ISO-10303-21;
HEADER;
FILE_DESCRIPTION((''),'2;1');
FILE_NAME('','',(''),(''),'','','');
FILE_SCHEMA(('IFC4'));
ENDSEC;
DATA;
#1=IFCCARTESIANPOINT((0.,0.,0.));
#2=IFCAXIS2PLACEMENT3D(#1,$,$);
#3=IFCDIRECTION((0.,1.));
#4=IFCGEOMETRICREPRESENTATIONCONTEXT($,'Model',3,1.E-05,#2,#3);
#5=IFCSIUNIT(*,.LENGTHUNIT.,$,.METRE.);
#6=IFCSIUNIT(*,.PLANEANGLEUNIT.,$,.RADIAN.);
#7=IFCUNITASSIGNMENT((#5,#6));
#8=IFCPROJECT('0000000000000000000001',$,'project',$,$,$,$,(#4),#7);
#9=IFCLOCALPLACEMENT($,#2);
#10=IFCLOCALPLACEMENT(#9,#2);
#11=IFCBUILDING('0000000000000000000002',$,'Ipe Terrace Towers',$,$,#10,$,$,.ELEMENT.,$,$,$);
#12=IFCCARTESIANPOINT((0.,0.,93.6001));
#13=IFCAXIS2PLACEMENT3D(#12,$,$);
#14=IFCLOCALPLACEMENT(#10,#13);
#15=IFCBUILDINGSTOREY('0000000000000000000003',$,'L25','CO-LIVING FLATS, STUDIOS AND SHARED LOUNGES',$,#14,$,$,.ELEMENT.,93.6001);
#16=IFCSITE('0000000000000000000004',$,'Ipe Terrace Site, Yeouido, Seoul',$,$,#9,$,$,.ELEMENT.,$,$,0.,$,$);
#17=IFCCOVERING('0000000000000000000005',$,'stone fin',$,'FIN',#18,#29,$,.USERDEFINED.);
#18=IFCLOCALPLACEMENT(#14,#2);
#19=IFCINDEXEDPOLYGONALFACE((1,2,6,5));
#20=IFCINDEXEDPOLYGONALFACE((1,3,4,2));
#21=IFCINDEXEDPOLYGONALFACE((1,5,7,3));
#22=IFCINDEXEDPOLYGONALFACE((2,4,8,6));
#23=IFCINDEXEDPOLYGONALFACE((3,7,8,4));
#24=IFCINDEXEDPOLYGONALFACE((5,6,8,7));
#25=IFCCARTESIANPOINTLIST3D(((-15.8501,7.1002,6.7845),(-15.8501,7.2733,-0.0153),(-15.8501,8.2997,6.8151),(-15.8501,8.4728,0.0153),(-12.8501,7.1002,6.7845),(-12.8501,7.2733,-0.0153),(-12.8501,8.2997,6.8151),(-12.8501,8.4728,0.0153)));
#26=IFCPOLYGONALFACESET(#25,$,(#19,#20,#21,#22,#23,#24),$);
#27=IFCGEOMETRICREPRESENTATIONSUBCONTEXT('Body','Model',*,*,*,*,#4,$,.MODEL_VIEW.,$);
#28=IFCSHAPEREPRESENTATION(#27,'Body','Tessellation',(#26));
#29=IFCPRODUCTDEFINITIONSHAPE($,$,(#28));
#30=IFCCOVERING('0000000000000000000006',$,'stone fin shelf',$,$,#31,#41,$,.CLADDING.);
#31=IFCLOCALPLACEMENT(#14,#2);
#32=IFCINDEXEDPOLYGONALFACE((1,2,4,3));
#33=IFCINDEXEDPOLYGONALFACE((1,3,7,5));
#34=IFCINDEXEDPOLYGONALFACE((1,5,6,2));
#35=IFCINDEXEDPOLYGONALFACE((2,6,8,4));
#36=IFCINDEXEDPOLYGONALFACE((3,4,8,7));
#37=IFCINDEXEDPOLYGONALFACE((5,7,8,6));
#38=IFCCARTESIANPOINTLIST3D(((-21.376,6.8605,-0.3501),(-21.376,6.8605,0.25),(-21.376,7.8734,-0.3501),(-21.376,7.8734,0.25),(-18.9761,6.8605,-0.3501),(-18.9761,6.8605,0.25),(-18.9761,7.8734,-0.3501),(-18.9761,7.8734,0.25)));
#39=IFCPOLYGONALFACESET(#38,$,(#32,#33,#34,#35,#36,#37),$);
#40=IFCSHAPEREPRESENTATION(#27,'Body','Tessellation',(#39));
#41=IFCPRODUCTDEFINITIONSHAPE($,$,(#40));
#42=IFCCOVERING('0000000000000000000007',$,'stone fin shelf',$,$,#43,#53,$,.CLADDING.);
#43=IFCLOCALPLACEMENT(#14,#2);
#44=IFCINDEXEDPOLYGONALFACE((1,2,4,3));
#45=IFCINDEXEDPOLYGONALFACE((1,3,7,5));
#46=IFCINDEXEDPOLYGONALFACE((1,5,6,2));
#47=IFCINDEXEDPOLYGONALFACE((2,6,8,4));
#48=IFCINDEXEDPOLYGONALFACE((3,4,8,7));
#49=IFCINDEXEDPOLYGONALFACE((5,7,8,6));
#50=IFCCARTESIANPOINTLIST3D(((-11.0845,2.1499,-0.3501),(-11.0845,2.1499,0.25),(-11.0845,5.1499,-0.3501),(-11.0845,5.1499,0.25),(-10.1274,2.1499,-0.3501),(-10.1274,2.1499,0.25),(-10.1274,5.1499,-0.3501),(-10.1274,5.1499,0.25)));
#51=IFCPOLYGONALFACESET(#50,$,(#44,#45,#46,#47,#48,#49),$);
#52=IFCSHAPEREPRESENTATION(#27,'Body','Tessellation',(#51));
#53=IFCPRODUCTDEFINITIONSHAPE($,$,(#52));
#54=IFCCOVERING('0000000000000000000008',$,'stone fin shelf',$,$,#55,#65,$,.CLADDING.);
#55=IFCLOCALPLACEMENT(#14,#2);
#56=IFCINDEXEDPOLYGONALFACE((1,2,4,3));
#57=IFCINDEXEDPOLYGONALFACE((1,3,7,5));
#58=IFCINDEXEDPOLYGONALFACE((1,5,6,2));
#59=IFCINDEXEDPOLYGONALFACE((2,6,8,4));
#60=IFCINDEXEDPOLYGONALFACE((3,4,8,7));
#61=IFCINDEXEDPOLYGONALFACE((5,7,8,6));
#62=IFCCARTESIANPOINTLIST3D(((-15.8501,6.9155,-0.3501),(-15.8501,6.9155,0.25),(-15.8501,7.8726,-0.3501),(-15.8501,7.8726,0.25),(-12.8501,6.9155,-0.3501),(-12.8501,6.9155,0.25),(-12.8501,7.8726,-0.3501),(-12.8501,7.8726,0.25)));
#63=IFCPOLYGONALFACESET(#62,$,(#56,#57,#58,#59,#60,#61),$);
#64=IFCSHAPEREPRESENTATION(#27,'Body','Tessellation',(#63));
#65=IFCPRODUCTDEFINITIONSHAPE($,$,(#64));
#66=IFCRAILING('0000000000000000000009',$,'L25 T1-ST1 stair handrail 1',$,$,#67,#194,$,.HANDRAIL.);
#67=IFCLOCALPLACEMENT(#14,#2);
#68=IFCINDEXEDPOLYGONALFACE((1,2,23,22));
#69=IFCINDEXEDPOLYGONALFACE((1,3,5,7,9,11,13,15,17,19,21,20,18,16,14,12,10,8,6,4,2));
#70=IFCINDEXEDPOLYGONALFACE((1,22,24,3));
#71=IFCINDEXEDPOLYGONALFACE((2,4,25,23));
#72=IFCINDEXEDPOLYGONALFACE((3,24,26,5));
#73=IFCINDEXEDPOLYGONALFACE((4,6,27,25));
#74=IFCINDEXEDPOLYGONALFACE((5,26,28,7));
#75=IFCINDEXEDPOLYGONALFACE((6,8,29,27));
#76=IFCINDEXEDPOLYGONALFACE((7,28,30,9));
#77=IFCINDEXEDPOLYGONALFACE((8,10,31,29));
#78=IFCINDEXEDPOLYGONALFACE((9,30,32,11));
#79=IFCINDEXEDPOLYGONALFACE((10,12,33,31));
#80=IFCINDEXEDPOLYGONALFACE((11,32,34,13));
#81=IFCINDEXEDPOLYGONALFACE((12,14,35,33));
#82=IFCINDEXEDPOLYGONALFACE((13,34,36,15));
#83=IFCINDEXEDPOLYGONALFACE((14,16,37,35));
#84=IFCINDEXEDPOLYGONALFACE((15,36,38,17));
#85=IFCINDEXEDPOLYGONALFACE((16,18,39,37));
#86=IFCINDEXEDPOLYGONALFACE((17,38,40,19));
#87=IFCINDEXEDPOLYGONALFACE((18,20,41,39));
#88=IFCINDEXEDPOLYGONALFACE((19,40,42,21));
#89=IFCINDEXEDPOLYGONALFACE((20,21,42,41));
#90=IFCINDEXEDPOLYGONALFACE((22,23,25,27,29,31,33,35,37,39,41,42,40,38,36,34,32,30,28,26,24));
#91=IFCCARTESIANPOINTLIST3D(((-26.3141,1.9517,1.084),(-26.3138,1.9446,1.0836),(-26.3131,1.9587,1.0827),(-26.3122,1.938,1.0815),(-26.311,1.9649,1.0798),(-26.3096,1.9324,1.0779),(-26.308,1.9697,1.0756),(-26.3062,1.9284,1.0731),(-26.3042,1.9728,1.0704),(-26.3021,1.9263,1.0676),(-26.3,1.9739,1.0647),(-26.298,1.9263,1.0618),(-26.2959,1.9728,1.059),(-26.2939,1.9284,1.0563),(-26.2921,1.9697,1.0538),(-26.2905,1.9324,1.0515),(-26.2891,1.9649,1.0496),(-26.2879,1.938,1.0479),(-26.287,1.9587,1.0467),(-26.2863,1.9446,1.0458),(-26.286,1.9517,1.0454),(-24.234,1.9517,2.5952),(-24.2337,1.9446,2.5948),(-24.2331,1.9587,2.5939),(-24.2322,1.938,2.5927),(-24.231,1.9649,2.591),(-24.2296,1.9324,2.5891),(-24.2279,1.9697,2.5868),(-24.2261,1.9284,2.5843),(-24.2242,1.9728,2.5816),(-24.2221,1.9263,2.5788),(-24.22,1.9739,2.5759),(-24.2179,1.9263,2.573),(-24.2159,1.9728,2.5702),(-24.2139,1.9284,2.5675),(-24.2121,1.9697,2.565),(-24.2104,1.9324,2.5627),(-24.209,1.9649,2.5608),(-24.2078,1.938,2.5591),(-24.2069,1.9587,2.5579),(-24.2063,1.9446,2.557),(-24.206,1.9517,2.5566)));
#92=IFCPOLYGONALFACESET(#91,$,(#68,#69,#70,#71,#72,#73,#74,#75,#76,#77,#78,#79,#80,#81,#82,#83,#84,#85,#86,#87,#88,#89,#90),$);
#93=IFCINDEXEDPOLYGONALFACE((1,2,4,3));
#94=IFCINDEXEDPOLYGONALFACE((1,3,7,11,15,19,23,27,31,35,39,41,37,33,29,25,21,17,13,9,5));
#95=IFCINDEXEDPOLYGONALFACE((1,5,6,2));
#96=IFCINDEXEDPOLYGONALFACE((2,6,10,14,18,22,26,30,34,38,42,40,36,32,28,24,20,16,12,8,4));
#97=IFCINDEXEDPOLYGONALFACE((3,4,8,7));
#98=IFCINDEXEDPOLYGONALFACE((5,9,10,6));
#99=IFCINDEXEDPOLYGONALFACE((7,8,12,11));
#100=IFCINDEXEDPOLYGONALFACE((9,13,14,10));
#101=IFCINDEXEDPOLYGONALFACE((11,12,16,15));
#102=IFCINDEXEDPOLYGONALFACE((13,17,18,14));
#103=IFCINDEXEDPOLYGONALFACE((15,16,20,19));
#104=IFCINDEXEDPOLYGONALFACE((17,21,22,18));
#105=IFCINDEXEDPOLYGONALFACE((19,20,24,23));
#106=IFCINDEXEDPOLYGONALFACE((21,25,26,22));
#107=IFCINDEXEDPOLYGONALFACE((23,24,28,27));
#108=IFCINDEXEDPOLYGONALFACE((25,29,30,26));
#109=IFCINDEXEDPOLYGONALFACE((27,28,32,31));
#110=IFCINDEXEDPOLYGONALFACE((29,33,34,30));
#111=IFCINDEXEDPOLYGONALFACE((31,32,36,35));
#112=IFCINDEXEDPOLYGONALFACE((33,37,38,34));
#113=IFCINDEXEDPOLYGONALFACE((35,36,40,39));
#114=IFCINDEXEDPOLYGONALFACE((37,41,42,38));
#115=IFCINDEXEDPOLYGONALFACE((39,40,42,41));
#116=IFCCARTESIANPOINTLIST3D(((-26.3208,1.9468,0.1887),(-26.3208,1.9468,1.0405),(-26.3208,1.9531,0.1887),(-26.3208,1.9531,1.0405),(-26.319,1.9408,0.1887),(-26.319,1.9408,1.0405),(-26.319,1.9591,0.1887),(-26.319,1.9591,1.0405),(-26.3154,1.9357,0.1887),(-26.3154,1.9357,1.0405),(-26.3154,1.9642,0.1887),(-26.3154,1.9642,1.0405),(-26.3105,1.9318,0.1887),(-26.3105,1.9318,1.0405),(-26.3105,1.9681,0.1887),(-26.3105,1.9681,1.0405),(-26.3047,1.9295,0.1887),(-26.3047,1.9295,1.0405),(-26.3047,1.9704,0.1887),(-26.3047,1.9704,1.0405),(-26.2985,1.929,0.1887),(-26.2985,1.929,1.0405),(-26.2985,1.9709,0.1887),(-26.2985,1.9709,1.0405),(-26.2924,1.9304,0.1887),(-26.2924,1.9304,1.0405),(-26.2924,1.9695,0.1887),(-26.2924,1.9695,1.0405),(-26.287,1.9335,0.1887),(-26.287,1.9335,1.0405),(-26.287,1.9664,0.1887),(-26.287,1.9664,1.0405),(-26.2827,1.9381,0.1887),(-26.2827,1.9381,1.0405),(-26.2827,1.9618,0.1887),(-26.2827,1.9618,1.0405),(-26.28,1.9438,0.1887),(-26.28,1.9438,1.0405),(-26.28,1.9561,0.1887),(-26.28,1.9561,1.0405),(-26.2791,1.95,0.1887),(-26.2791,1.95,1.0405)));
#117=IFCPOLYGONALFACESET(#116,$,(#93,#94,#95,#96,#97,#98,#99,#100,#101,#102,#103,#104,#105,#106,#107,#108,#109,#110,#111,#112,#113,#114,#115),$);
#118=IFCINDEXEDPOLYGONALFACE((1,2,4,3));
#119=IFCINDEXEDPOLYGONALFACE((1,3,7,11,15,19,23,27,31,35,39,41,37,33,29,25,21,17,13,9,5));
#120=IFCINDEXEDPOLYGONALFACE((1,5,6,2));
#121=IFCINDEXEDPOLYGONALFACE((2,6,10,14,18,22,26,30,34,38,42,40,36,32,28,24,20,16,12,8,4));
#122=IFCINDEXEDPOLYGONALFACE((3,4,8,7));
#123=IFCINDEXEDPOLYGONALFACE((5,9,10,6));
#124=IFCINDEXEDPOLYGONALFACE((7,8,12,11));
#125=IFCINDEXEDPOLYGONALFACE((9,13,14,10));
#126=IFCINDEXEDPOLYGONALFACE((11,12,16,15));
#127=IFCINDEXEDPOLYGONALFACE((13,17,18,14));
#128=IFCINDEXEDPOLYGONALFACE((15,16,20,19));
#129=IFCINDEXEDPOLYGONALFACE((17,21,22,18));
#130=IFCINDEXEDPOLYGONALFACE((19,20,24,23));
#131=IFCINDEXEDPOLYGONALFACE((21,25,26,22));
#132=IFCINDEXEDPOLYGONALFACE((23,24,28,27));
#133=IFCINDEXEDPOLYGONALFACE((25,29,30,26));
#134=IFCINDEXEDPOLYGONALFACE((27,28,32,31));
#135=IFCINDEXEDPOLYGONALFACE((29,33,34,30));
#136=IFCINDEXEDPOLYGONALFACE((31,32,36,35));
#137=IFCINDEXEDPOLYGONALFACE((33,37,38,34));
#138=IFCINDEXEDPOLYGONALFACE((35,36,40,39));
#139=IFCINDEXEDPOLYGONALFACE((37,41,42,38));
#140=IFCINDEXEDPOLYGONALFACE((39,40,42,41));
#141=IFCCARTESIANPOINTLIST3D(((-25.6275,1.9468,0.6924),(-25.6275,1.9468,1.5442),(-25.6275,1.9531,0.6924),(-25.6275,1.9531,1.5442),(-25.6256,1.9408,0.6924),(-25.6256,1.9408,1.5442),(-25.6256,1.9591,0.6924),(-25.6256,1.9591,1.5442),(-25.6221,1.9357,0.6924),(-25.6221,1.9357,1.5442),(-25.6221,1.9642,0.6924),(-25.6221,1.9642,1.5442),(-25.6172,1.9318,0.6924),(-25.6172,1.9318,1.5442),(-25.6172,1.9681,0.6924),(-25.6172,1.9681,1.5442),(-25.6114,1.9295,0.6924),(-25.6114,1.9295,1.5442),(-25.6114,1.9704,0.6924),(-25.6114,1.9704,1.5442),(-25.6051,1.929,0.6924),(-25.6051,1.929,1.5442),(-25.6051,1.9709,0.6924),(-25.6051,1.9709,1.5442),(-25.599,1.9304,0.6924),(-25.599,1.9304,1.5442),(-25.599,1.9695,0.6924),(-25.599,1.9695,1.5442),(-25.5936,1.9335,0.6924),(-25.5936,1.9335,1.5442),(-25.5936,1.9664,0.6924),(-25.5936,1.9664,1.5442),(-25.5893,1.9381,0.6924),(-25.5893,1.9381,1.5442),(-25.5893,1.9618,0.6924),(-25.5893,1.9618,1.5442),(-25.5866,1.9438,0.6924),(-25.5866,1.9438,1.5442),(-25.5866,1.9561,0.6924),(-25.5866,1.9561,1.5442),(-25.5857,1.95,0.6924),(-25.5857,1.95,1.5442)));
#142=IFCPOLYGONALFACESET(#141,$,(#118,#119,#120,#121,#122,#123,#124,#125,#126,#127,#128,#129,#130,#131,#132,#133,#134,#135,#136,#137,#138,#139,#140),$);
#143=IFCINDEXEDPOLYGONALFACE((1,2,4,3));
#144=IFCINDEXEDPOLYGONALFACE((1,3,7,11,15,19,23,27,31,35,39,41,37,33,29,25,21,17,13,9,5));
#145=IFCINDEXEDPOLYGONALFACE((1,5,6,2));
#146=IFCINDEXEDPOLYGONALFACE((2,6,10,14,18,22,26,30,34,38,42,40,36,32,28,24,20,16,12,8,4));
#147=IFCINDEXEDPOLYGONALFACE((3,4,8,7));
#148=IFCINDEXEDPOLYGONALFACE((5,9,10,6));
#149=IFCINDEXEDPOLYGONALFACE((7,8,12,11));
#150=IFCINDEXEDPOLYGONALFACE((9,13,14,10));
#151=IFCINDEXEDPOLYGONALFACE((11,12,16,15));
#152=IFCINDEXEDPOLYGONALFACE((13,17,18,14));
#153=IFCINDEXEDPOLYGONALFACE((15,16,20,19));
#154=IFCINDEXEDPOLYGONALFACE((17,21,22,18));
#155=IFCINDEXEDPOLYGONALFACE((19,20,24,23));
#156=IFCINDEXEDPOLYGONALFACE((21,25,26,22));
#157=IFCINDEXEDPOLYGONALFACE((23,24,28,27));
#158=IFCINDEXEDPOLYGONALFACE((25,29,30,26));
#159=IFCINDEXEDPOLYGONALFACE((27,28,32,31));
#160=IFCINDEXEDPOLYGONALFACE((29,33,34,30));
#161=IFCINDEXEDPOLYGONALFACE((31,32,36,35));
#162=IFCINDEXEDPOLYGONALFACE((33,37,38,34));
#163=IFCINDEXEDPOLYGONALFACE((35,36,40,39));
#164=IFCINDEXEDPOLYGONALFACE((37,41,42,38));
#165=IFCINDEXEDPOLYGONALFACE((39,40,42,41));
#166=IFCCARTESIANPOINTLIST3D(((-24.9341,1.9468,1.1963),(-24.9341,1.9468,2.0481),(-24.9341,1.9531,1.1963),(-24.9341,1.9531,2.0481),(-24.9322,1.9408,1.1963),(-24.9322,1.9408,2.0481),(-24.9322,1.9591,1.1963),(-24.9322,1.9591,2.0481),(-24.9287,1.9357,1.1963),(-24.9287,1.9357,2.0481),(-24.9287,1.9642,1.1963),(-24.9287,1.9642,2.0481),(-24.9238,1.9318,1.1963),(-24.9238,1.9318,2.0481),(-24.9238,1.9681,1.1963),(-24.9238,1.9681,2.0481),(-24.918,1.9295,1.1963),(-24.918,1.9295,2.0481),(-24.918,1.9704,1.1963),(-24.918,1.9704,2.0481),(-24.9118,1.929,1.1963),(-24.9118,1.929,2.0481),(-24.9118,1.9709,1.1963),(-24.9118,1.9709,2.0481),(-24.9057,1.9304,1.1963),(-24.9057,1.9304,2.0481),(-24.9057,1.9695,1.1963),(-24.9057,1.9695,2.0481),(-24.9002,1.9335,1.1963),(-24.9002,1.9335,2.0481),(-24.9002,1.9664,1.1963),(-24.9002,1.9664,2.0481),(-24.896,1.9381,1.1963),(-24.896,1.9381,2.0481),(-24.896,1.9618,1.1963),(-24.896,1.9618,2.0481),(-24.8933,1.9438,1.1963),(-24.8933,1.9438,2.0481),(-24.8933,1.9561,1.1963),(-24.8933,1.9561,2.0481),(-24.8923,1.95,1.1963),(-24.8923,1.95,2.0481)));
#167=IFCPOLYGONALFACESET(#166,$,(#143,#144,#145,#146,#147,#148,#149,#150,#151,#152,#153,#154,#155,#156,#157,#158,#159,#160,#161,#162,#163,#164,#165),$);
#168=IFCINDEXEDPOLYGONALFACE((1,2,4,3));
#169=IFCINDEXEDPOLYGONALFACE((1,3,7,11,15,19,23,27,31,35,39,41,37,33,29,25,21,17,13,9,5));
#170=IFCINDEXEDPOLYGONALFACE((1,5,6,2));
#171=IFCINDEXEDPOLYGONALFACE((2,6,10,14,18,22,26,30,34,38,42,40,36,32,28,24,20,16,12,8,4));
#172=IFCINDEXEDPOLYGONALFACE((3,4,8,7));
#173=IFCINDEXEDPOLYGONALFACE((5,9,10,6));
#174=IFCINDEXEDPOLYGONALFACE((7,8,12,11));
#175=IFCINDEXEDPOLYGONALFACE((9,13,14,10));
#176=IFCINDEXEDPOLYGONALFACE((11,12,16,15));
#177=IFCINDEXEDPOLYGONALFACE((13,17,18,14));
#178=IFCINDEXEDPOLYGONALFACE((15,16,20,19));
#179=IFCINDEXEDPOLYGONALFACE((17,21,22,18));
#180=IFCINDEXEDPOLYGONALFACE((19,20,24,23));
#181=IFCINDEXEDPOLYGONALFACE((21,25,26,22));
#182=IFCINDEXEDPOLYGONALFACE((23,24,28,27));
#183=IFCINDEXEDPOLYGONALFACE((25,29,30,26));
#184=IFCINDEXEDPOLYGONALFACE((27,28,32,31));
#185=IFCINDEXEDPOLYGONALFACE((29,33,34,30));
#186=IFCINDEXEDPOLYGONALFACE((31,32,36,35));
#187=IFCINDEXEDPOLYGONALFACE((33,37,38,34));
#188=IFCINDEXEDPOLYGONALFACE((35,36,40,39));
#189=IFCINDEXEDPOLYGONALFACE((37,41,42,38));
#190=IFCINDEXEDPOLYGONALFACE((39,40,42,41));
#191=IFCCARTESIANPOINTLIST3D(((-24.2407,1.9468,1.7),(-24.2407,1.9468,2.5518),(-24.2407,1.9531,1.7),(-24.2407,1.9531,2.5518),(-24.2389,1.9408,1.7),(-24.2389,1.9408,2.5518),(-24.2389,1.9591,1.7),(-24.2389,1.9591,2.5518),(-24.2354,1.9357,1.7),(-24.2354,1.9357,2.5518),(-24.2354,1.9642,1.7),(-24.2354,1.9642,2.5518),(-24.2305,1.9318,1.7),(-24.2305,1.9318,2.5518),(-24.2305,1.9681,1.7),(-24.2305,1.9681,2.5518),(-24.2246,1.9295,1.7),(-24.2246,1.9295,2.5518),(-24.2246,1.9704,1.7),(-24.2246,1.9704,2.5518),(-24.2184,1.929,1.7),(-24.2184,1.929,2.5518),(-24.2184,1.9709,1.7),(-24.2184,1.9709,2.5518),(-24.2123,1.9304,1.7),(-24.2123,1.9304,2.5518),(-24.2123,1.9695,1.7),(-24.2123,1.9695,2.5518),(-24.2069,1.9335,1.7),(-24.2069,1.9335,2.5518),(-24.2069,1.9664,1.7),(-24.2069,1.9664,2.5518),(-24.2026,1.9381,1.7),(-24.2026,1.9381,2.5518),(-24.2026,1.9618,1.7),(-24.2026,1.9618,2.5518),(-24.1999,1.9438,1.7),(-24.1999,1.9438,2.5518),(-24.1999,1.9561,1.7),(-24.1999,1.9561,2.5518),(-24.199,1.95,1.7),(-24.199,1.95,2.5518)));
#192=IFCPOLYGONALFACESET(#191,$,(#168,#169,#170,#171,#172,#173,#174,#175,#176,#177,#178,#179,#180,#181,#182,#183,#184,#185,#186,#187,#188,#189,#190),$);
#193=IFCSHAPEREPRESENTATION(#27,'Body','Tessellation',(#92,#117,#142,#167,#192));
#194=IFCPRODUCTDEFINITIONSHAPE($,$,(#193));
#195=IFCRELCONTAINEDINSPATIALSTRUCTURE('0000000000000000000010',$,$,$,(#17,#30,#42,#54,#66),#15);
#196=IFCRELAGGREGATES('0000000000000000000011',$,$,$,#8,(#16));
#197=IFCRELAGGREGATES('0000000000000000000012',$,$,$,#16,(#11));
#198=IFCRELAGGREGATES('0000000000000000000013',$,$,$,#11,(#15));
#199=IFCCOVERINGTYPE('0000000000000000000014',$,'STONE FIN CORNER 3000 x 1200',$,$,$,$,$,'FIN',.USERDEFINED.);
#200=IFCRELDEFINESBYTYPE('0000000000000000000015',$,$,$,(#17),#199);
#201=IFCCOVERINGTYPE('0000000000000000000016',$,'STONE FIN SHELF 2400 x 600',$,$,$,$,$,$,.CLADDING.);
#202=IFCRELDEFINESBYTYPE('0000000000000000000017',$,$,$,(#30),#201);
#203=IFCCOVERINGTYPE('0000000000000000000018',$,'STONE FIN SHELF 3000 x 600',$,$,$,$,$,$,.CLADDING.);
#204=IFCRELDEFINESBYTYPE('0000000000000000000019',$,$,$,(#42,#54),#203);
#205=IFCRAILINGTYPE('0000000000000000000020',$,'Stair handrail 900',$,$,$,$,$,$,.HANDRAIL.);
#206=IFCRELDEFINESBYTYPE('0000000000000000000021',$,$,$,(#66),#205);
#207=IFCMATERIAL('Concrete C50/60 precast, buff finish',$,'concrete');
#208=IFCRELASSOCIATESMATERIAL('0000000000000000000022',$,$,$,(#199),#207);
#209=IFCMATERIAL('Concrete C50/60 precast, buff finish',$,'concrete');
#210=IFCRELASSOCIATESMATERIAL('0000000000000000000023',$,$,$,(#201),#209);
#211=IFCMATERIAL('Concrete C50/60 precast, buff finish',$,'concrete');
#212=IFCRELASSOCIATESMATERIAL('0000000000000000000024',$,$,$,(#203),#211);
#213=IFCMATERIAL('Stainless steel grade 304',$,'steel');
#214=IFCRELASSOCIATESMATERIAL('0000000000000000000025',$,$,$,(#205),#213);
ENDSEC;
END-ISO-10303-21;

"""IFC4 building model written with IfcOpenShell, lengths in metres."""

from ifc_helpers import new_model, si_unit, direction, frame, origin, origin_2d, place, context, subcontext, project, spatial, rectangle, circle, extrude, material, material_profile, profile_set, type_object, element, save


model = new_model("IFC4")

# Units and contexts
model_context = context("Model", 3, precision=1e-05, world=origin(), true_north=direction((0.0, 1.0)))
body_context = subcontext(model_context, "Body", "Model", "MODEL_VIEW")
ifc_project = project(units=[si_unit("LENGTHUNIT", "METRE"), si_unit("PLANEANGLEUNIT", "RADIAN")], contexts=[model_context])

# Site, building, storey
site_placement = place(None, origin())
site = spatial("IfcSite", under=ifc_project, at=site_placement, Name="Ipe Terrace Site, Yeouido, Seoul", CompositionType="ELEMENT", RefElevation=0.0)
building_placement = place(site_placement, origin())
building = spatial("IfcBuilding", under=site, at=building_placement, Name="Ipe Terrace Towers", CompositionType="ELEMENT")
storey_placement = place(building_placement, frame((0.0, 0.0, 93.6001)))
storey = spatial("IfcBuildingStorey", under=building, at=storey_placement, Name="L25", Description="CO-LIVING FLATS, STUDIOS AND SHARED LOUNGES", CompositionType="ELEMENT", Elevation=93.6001)

# Coverings
ifc_material_1 = material(Name="Concrete C50/60 precast, buff finish", Category="concrete")
ifc_material_profile_1 = material_profile(ifc_material_1, rectangle(XDim=3.0, YDim=1.2, at=origin_2d()), Name="STONE FIN CORNER 3000 x 1200")
ifc_profile_set_1 = profile_set([ifc_material_profile_1], Name="Concrete C50/60 precast, buff finish")
covering_type_1 = type_object("IfcCoveringType", Name="STONE FIN CORNER 3000 x 1200", ElementType="FIN", PredefinedType="USERDEFINED", material=ifc_profile_set_1)
covering_1_placement = place(storey_placement, frame((-14.3501, 7.873, 0.0), z_axis=(0.0, -0.025448, 0.999676), x_axis=(-1.0, 0.0, 0.0)))
element("IfcCovering", 1, at=covering_1_placement, inside=storey, type_object=covering_type_1, Name="stone fin", ObjectType="FIN", PredefinedType="USERDEFINED", context=body_context, shape_type="SweptSolid", body=[
    extrude(rectangle(XDim=3.0, YDim=1.2, at=origin_2d()), origin(), (0.0, 0.0, 1.0), 6.802),
])
ifc_material_2 = material(Name="Concrete C50/60 precast, buff finish", Category="concrete")
covering_type_2 = type_object("IfcCoveringType", Name="STONE FIN SHELF 2400 x 600", PredefinedType="CLADDING", material=ifc_material_2)
covering_2_placement = place(storey_placement, frame((-20.176, 7.3669, -0.3501), z_axis=(0.0, 0.0, 1.0), x_axis=(-1.0, 0.0, 0.0)))
element("IfcCovering", 2, at=covering_2_placement, inside=storey, type_object=covering_type_2, Name="stone fin shelf", PredefinedType="CLADDING", context=body_context, shape_type="SweptSolid", body=[
    extrude(rectangle(XDim=2.3999, YDim=1.0129, at=origin_2d()), origin(), (0.0, 0.0, 1.0), 0.6001),
])
ifc_material_3 = material(Name="Concrete C50/60 precast, buff finish", Category="concrete")
covering_type_3 = type_object("IfcCoveringType", Name="STONE FIN SHELF 3000 x 600", PredefinedType="CLADDING", material=ifc_material_3)
for number, where, z_axis, x_axis, name in (
    (3, (-10.606, 3.6499, -0.3501), (0.0, 0.0, 1.0), (0.0, 1.0, 0.0), "stone fin shelf"),
    (4, (-14.3501, 7.394, -0.3501), (0.0, 0.0, 1.0), (-1.0, 0.0, 0.0), "stone fin shelf"),
):
    element("IfcCovering", number, at=place(storey_placement, frame(where, z_axis=z_axis, x_axis=x_axis)), inside=storey, type_object=covering_type_3, Name=name, PredefinedType="CLADDING", context=body_context, shape_type="SweptSolid", body=[
        extrude(rectangle(XDim=3.0, YDim=0.957, at=origin_2d()), origin(), (0.0, 0.0, 1.0), 0.6001),
    ])

# Railing
ifc_material_4 = material(Name="Stainless steel grade 304", Category="steel")
railing_type = type_object("IfcRailingType", Name="Stair handrail 900", PredefinedType="HANDRAIL", material=ifc_material_4)
railing_1_placement = place(storey_placement, frame((-26.3, 1.95, 0.1887)))
element("IfcRailing", 5, at=railing_1_placement, inside=storey, type_object=railing_type, Name="L25 T1-ST1 stair handrail 1", PredefinedType="HANDRAIL", context=body_context, shape_type="SweptSolid", body=[
    extrude(circle(Radius=0.0239, at=origin_2d()), frame((0.0, 0.0, 0.876), z_axis=(0.809023, 0.0, 0.587776), x_axis=(0.0, 1.0, 0.0)), (0.0, 0.0, 1.0), 2.571),
    extrude(circle(Radius=0.021, at=origin_2d()), origin(), (0.0, 0.0, 1.0), 0.8518),
    extrude(circle(Radius=0.021, at=origin_2d()), frame((0.6934, 0.0, 0.5037)), (0.0, 0.0, 1.0), 0.8518),
    extrude(circle(Radius=0.021, at=origin_2d()), frame((1.3867, 0.0, 1.0076)), (0.0, 0.0, 1.0), 0.8518),
    extrude(circle(Radius=0.021, at=origin_2d()), frame((2.0801, 0.0, 1.5112)), (0.0, 0.0, 1.0), 0.8518),
])

save(model, "model.ifc")
